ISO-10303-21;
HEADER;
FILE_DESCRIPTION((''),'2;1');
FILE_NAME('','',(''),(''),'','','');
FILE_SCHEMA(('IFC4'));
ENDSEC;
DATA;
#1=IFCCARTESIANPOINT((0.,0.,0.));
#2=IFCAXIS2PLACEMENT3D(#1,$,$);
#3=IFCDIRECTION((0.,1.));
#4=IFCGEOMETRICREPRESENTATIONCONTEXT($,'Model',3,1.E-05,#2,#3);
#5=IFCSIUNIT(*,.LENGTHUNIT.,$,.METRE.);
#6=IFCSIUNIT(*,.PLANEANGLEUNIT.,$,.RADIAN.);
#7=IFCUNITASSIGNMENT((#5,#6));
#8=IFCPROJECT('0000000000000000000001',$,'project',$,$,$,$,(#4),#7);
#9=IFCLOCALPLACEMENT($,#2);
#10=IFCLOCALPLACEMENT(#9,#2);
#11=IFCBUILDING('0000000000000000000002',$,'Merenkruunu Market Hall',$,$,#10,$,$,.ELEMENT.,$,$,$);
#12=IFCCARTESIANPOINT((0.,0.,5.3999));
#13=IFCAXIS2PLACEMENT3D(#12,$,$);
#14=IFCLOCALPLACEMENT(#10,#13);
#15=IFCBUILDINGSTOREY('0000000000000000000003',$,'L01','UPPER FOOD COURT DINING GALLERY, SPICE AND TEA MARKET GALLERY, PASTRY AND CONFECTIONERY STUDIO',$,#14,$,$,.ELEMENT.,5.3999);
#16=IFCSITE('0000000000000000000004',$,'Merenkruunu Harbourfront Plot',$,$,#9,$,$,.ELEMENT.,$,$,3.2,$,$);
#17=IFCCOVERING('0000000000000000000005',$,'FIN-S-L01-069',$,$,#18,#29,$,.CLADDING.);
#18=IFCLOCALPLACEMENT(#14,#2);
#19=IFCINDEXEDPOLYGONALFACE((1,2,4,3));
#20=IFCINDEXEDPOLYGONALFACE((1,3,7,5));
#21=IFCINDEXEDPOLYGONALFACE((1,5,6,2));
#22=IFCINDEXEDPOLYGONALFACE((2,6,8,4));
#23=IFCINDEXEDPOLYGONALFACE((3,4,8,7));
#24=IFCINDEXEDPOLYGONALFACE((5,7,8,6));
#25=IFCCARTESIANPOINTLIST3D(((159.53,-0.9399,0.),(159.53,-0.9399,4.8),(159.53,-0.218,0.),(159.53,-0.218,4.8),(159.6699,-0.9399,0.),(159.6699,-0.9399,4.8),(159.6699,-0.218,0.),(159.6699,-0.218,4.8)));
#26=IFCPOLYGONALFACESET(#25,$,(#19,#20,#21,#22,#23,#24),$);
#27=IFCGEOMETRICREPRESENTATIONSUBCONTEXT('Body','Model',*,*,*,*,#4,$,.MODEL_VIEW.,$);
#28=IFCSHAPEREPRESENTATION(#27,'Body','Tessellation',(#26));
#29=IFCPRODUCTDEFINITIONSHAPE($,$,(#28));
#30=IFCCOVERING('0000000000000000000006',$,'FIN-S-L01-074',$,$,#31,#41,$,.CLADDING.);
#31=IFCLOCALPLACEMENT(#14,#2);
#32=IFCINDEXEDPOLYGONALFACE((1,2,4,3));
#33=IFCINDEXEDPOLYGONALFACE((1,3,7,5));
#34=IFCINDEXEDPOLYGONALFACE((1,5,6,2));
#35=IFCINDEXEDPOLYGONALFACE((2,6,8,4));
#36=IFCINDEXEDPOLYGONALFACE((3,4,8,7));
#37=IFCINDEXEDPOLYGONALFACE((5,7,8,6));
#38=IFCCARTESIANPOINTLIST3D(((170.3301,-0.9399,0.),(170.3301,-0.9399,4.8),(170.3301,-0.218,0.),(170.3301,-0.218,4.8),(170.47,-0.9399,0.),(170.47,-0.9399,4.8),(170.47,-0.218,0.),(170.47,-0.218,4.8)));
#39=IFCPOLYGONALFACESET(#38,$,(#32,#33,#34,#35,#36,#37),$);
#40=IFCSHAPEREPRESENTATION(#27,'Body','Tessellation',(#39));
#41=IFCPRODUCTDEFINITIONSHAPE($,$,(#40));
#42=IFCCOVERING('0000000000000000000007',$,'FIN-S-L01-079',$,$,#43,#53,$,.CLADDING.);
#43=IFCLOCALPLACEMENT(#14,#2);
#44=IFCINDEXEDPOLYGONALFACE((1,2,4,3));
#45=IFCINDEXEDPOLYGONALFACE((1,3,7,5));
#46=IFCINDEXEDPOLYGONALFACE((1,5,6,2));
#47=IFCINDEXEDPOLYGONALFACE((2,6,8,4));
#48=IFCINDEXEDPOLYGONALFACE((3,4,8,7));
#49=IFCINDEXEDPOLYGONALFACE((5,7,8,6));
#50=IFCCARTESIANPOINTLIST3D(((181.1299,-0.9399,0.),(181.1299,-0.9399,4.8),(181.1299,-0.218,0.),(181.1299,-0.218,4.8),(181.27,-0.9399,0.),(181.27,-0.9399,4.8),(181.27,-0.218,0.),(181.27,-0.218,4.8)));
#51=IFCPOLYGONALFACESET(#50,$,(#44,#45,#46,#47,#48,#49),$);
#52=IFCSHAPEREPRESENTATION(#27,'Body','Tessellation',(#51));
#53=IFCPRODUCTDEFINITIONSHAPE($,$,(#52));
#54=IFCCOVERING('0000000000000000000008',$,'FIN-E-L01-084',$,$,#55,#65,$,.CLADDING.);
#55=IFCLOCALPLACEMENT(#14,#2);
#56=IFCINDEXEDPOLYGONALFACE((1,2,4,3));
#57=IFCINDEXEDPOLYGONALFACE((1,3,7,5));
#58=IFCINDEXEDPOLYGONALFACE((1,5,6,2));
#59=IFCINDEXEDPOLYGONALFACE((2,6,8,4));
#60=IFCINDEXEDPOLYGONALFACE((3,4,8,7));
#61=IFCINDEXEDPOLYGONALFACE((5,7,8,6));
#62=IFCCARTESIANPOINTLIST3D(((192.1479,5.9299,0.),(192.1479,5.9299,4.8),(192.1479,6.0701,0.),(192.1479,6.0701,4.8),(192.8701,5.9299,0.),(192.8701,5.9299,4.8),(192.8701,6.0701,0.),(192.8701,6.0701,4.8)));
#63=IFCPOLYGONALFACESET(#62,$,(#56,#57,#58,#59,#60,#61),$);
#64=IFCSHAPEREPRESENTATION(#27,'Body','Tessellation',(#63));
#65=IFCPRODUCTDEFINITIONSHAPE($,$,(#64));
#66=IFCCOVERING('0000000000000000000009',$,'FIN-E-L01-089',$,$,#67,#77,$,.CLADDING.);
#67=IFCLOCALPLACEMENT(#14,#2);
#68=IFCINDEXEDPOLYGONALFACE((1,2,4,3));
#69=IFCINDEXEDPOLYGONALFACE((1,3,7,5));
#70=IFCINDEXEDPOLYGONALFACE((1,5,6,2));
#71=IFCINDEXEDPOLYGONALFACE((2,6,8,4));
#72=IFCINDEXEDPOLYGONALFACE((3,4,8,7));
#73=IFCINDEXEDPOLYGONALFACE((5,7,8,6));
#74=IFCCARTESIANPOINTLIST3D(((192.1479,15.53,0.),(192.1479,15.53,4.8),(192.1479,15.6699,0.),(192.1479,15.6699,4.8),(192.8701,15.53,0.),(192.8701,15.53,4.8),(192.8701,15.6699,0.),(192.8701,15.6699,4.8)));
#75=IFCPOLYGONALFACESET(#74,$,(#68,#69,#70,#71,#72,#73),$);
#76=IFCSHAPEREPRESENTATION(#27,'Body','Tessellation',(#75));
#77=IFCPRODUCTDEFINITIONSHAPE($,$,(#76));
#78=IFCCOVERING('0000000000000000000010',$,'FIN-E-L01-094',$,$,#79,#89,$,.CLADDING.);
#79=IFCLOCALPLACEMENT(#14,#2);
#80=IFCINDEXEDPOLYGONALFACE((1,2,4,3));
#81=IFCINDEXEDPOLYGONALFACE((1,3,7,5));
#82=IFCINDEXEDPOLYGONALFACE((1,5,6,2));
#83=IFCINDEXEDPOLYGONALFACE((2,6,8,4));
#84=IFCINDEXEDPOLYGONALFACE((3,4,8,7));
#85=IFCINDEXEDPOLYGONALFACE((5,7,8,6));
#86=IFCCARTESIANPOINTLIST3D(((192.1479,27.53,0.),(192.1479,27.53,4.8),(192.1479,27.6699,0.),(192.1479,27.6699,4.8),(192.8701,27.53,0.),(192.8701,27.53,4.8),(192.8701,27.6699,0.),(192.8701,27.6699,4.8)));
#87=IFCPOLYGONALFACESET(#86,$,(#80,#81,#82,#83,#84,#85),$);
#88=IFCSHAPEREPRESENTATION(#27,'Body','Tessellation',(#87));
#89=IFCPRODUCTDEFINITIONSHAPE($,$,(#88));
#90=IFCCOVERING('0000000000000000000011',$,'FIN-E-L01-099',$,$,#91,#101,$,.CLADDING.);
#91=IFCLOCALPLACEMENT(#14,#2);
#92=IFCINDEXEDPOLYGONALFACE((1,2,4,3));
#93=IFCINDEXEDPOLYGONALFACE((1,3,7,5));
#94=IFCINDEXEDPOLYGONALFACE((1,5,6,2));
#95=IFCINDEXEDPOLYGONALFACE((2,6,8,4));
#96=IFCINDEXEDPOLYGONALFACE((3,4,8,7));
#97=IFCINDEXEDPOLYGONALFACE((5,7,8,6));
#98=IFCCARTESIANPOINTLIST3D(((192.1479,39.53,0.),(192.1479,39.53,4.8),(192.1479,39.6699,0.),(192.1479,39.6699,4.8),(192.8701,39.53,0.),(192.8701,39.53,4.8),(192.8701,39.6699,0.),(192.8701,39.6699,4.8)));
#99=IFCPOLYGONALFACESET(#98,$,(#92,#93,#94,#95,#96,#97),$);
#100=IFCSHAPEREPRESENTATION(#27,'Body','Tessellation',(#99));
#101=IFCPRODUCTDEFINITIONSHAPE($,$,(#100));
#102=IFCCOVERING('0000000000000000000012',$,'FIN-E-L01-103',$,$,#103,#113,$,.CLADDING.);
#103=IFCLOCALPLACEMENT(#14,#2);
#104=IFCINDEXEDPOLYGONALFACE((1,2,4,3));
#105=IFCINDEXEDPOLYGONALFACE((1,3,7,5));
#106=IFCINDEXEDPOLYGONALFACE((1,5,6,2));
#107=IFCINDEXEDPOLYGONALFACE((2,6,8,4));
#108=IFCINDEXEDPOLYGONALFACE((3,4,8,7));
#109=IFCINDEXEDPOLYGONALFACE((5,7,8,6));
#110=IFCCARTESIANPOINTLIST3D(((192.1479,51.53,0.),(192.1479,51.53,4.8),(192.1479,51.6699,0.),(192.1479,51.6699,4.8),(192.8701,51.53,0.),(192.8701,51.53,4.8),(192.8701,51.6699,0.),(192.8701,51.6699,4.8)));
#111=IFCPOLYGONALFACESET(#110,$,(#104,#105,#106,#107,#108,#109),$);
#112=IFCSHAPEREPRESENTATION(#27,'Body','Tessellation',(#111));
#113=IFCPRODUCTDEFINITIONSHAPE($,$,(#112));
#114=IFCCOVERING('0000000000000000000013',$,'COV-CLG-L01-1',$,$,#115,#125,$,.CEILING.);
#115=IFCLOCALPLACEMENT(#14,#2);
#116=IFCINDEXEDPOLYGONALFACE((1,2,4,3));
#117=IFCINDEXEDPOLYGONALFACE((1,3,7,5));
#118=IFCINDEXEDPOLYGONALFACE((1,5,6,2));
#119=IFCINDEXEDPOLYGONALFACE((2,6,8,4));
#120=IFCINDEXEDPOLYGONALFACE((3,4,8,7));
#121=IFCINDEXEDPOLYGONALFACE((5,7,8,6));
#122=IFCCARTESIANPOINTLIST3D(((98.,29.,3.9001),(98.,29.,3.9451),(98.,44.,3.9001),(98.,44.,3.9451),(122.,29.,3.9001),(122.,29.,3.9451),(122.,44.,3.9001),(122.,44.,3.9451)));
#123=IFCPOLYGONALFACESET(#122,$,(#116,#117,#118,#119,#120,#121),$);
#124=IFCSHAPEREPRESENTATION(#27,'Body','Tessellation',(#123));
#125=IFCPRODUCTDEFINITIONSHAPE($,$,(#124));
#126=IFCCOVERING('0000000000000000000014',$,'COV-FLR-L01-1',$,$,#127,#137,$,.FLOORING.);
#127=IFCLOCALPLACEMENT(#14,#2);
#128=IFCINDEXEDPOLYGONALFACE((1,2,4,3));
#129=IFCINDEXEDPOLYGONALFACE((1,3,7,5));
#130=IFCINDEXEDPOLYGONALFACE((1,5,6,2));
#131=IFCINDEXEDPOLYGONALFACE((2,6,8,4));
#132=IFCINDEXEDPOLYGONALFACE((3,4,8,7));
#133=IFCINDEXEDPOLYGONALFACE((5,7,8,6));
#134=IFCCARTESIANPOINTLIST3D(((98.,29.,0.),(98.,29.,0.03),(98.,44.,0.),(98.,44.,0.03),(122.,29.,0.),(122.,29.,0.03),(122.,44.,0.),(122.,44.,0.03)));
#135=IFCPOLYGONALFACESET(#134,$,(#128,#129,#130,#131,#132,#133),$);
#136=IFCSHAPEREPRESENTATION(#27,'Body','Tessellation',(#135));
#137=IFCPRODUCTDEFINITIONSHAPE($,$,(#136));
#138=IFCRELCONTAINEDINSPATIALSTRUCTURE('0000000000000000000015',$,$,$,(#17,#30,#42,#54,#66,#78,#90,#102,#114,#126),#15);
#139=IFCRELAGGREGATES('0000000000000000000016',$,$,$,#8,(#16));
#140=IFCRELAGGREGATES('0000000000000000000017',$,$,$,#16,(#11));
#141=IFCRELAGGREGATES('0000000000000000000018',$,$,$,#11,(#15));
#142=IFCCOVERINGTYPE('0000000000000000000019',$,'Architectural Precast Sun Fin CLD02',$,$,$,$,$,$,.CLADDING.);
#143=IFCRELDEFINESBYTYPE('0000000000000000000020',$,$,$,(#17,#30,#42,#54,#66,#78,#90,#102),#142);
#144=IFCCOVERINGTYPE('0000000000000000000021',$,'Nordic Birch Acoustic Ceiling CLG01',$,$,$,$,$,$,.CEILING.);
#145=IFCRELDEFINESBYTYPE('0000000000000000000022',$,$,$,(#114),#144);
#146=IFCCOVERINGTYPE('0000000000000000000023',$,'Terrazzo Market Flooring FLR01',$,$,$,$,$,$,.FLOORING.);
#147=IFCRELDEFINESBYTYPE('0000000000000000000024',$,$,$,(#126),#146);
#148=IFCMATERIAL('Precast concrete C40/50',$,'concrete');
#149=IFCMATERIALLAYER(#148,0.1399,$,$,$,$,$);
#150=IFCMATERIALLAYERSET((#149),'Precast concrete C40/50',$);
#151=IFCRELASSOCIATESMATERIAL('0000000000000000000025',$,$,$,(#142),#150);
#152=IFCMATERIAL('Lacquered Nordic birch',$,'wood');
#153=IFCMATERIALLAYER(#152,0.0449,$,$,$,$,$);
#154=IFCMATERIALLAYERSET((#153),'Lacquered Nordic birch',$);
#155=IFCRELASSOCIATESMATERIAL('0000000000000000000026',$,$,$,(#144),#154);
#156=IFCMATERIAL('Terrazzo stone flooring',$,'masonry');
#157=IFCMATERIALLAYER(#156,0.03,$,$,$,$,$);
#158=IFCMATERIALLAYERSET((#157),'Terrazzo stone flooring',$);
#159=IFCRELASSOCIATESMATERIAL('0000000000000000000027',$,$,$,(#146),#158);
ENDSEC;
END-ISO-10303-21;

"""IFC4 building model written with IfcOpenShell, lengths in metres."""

from ifc_helpers import new_model, si_unit, direction, frame, origin, place, context, subcontext, project, spatial, polyline, outline, extrude, material, layer, layer_set, type_object, element, save


model = new_model("IFC4")

# Units and contexts
model_context = context("Model", 3, precision=1e-05, world=origin(), true_north=direction((0.0, 1.0)))
body_context = subcontext(model_context, "Body", "Model", "MODEL_VIEW")
ifc_project = project(units=[si_unit("LENGTHUNIT", "METRE"), si_unit("PLANEANGLEUNIT", "RADIAN")], contexts=[model_context])

# Site, building, storey
site_placement = place(None, origin())
site = spatial("IfcSite", under=ifc_project, at=site_placement, Name="Merenkruunu Harbourfront Plot", CompositionType="ELEMENT", RefElevation=3.2)
building_placement = place(site_placement, origin())
building = spatial("IfcBuilding", under=site, at=building_placement, Name="Merenkruunu Market Hall", CompositionType="ELEMENT")
storey_placement = place(building_placement, frame((0.0, 0.0, 5.3999)))
storey = spatial("IfcBuildingStorey", under=building, at=storey_placement, Name="L01", Description="UPPER FOOD COURT DINING GALLERY, SPICE AND TEA MARKET GALLERY, PASTRY AND CONFECTIONERY STUDIO", CompositionType="ELEMENT", Elevation=5.3999)

# Coverings
ifc_material_1 = material(Name="Precast concrete C40/50", Category="concrete")
ifc_layer_1 = layer(ifc_material_1, 0.1399)
ifc_layer_set_1 = layer_set([ifc_layer_1], Name="Precast concrete C40/50")
covering_type_1 = type_object("IfcCoveringType", Name="Architectural Precast Sun Fin CLD02", PredefinedType="CLADDING", material=ifc_layer_set_1)
covering_1_placement = place(storey_placement, origin())
element("IfcCovering", 1, at=covering_1_placement, inside=storey, type_object=covering_type_1, Name="FIN-S-L01-069", PredefinedType="CLADDING", context=body_context, shape_type="SweptSolid", body=[
    extrude(outline(polyline([(159.53, -0.9399), (159.6699, -0.9399), (159.6699, -0.218), (159.53, -0.218), (159.53, -0.9399)])), origin(), (0.0, 0.0, 1.0), 4.8),
])
covering_2_placement = place(storey_placement, origin())
element("IfcCovering", 2, at=covering_2_placement, inside=storey, type_object=covering_type_1, Name="FIN-S-L01-074", PredefinedType="CLADDING", context=body_context, shape_type="SweptSolid", body=[
    extrude(outline(polyline([(170.3301, -0.9399), (170.47, -0.9399), (170.47, -0.218), (170.3301, -0.218), (170.3301, -0.9399)])), origin(), (0.0, 0.0, 1.0), 4.8),
])
covering_3_placement = place(storey_placement, origin())
element("IfcCovering", 3, at=covering_3_placement, inside=storey, type_object=covering_type_1, Name="FIN-S-L01-079", PredefinedType="CLADDING", context=body_context, shape_type="SweptSolid", body=[
    extrude(outline(polyline([(181.1299, -0.9399), (181.27, -0.9399), (181.27, -0.218), (181.1299, -0.218), (181.1299, -0.9399)])), origin(), (0.0, 0.0, 1.0), 4.8),
])
covering_4_placement = place(storey_placement, origin())
element("IfcCovering", 4, at=covering_4_placement, inside=storey, type_object=covering_type_1, Name="FIN-E-L01-084", PredefinedType="CLADDING", context=body_context, shape_type="SweptSolid", body=[
    extrude(outline(polyline([(192.1479, 5.9299), (192.8701, 5.9299), (192.8701, 6.0701), (192.1479, 6.0701), (192.1479, 5.9299)])), origin(), (0.0, 0.0, 1.0), 4.8),
])
covering_5_placement = place(storey_placement, origin())
element("IfcCovering", 5, at=covering_5_placement, inside=storey, type_object=covering_type_1, Name="FIN-E-L01-089", PredefinedType="CLADDING", context=body_context, shape_type="SweptSolid", body=[
    extrude(outline(polyline([(192.1479, 15.53), (192.8701, 15.53), (192.8701, 15.6699), (192.1479, 15.6699), (192.1479, 15.53)])), origin(), (0.0, 0.0, 1.0), 4.8),
])
covering_6_placement = place(storey_placement, origin())
element("IfcCovering", 6, at=covering_6_placement, inside=storey, type_object=covering_type_1, Name="FIN-E-L01-094", PredefinedType="CLADDING", context=body_context, shape_type="SweptSolid", body=[
    extrude(outline(polyline([(192.1479, 27.53), (192.8701, 27.53), (192.8701, 27.6699), (192.1479, 27.6699), (192.1479, 27.53)])), origin(), (0.0, 0.0, 1.0), 4.8),
])
covering_7_placement = place(storey_placement, origin())
element("IfcCovering", 7, at=covering_7_placement, inside=storey, type_object=covering_type_1, Name="FIN-E-L01-099", PredefinedType="CLADDING", context=body_context, shape_type="SweptSolid", body=[
    extrude(outline(polyline([(192.1479, 39.53), (192.8701, 39.53), (192.8701, 39.6699), (192.1479, 39.6699), (192.1479, 39.53)])), origin(), (0.0, 0.0, 1.0), 4.8),
])
covering_8_placement = place(storey_placement, origin())
element("IfcCovering", 8, at=covering_8_placement, inside=storey, type_object=covering_type_1, Name="FIN-E-L01-103", PredefinedType="CLADDING", context=body_context, shape_type="SweptSolid", body=[
    extrude(outline(polyline([(192.1479, 51.53), (192.8701, 51.53), (192.8701, 51.6699), (192.1479, 51.6699), (192.1479, 51.53)])), origin(), (0.0, 0.0, 1.0), 4.8),
])
ifc_material_2 = material(Name="Lacquered Nordic birch", Category="wood")
ifc_layer_2 = layer(ifc_material_2, 0.0449)
ifc_layer_set_2 = layer_set([ifc_layer_2], Name="Lacquered Nordic birch")
covering_type_2 = type_object("IfcCoveringType", Name="Nordic Birch Acoustic Ceiling CLG01", PredefinedType="CEILING", material=ifc_layer_set_2)
covering_9_placement = place(storey_placement, frame((0.0, 0.0, 3.9001)))
element("IfcCovering", 9, at=covering_9_placement, inside=storey, type_object=covering_type_2, Name="COV-CLG-L01-1", PredefinedType="CEILING", context=body_context, shape_type="SweptSolid", body=[
    extrude(outline(polyline([(98.0, 29.0), (98.0, 44.0), (122.0, 44.0), (122.0, 29.0), (98.0, 29.0)])), origin(), (0.0, 0.0, 1.0), 0.0449),
])
ifc_material_3 = material(Name="Terrazzo stone flooring", Category="masonry")
ifc_layer_3 = layer(ifc_material_3, 0.03)
ifc_layer_set_3 = layer_set([ifc_layer_3], Name="Terrazzo stone flooring")
covering_type_3 = type_object("IfcCoveringType", Name="Terrazzo Market Flooring FLR01", PredefinedType="FLOORING", material=ifc_layer_set_3)
covering_10_placement = place(storey_placement, origin())
element("IfcCovering", 10, at=covering_10_placement, inside=storey, type_object=covering_type_3, Name="COV-FLR-L01-1", PredefinedType="FLOORING", context=body_context, shape_type="SweptSolid", body=[
    extrude(outline(polyline([(98.0, 29.0), (98.0, 44.0), (122.0, 44.0), (122.0, 29.0), (98.0, 29.0)])), origin(), (0.0, 0.0, 1.0), 0.03),
])

save(model, "model.ifc")
